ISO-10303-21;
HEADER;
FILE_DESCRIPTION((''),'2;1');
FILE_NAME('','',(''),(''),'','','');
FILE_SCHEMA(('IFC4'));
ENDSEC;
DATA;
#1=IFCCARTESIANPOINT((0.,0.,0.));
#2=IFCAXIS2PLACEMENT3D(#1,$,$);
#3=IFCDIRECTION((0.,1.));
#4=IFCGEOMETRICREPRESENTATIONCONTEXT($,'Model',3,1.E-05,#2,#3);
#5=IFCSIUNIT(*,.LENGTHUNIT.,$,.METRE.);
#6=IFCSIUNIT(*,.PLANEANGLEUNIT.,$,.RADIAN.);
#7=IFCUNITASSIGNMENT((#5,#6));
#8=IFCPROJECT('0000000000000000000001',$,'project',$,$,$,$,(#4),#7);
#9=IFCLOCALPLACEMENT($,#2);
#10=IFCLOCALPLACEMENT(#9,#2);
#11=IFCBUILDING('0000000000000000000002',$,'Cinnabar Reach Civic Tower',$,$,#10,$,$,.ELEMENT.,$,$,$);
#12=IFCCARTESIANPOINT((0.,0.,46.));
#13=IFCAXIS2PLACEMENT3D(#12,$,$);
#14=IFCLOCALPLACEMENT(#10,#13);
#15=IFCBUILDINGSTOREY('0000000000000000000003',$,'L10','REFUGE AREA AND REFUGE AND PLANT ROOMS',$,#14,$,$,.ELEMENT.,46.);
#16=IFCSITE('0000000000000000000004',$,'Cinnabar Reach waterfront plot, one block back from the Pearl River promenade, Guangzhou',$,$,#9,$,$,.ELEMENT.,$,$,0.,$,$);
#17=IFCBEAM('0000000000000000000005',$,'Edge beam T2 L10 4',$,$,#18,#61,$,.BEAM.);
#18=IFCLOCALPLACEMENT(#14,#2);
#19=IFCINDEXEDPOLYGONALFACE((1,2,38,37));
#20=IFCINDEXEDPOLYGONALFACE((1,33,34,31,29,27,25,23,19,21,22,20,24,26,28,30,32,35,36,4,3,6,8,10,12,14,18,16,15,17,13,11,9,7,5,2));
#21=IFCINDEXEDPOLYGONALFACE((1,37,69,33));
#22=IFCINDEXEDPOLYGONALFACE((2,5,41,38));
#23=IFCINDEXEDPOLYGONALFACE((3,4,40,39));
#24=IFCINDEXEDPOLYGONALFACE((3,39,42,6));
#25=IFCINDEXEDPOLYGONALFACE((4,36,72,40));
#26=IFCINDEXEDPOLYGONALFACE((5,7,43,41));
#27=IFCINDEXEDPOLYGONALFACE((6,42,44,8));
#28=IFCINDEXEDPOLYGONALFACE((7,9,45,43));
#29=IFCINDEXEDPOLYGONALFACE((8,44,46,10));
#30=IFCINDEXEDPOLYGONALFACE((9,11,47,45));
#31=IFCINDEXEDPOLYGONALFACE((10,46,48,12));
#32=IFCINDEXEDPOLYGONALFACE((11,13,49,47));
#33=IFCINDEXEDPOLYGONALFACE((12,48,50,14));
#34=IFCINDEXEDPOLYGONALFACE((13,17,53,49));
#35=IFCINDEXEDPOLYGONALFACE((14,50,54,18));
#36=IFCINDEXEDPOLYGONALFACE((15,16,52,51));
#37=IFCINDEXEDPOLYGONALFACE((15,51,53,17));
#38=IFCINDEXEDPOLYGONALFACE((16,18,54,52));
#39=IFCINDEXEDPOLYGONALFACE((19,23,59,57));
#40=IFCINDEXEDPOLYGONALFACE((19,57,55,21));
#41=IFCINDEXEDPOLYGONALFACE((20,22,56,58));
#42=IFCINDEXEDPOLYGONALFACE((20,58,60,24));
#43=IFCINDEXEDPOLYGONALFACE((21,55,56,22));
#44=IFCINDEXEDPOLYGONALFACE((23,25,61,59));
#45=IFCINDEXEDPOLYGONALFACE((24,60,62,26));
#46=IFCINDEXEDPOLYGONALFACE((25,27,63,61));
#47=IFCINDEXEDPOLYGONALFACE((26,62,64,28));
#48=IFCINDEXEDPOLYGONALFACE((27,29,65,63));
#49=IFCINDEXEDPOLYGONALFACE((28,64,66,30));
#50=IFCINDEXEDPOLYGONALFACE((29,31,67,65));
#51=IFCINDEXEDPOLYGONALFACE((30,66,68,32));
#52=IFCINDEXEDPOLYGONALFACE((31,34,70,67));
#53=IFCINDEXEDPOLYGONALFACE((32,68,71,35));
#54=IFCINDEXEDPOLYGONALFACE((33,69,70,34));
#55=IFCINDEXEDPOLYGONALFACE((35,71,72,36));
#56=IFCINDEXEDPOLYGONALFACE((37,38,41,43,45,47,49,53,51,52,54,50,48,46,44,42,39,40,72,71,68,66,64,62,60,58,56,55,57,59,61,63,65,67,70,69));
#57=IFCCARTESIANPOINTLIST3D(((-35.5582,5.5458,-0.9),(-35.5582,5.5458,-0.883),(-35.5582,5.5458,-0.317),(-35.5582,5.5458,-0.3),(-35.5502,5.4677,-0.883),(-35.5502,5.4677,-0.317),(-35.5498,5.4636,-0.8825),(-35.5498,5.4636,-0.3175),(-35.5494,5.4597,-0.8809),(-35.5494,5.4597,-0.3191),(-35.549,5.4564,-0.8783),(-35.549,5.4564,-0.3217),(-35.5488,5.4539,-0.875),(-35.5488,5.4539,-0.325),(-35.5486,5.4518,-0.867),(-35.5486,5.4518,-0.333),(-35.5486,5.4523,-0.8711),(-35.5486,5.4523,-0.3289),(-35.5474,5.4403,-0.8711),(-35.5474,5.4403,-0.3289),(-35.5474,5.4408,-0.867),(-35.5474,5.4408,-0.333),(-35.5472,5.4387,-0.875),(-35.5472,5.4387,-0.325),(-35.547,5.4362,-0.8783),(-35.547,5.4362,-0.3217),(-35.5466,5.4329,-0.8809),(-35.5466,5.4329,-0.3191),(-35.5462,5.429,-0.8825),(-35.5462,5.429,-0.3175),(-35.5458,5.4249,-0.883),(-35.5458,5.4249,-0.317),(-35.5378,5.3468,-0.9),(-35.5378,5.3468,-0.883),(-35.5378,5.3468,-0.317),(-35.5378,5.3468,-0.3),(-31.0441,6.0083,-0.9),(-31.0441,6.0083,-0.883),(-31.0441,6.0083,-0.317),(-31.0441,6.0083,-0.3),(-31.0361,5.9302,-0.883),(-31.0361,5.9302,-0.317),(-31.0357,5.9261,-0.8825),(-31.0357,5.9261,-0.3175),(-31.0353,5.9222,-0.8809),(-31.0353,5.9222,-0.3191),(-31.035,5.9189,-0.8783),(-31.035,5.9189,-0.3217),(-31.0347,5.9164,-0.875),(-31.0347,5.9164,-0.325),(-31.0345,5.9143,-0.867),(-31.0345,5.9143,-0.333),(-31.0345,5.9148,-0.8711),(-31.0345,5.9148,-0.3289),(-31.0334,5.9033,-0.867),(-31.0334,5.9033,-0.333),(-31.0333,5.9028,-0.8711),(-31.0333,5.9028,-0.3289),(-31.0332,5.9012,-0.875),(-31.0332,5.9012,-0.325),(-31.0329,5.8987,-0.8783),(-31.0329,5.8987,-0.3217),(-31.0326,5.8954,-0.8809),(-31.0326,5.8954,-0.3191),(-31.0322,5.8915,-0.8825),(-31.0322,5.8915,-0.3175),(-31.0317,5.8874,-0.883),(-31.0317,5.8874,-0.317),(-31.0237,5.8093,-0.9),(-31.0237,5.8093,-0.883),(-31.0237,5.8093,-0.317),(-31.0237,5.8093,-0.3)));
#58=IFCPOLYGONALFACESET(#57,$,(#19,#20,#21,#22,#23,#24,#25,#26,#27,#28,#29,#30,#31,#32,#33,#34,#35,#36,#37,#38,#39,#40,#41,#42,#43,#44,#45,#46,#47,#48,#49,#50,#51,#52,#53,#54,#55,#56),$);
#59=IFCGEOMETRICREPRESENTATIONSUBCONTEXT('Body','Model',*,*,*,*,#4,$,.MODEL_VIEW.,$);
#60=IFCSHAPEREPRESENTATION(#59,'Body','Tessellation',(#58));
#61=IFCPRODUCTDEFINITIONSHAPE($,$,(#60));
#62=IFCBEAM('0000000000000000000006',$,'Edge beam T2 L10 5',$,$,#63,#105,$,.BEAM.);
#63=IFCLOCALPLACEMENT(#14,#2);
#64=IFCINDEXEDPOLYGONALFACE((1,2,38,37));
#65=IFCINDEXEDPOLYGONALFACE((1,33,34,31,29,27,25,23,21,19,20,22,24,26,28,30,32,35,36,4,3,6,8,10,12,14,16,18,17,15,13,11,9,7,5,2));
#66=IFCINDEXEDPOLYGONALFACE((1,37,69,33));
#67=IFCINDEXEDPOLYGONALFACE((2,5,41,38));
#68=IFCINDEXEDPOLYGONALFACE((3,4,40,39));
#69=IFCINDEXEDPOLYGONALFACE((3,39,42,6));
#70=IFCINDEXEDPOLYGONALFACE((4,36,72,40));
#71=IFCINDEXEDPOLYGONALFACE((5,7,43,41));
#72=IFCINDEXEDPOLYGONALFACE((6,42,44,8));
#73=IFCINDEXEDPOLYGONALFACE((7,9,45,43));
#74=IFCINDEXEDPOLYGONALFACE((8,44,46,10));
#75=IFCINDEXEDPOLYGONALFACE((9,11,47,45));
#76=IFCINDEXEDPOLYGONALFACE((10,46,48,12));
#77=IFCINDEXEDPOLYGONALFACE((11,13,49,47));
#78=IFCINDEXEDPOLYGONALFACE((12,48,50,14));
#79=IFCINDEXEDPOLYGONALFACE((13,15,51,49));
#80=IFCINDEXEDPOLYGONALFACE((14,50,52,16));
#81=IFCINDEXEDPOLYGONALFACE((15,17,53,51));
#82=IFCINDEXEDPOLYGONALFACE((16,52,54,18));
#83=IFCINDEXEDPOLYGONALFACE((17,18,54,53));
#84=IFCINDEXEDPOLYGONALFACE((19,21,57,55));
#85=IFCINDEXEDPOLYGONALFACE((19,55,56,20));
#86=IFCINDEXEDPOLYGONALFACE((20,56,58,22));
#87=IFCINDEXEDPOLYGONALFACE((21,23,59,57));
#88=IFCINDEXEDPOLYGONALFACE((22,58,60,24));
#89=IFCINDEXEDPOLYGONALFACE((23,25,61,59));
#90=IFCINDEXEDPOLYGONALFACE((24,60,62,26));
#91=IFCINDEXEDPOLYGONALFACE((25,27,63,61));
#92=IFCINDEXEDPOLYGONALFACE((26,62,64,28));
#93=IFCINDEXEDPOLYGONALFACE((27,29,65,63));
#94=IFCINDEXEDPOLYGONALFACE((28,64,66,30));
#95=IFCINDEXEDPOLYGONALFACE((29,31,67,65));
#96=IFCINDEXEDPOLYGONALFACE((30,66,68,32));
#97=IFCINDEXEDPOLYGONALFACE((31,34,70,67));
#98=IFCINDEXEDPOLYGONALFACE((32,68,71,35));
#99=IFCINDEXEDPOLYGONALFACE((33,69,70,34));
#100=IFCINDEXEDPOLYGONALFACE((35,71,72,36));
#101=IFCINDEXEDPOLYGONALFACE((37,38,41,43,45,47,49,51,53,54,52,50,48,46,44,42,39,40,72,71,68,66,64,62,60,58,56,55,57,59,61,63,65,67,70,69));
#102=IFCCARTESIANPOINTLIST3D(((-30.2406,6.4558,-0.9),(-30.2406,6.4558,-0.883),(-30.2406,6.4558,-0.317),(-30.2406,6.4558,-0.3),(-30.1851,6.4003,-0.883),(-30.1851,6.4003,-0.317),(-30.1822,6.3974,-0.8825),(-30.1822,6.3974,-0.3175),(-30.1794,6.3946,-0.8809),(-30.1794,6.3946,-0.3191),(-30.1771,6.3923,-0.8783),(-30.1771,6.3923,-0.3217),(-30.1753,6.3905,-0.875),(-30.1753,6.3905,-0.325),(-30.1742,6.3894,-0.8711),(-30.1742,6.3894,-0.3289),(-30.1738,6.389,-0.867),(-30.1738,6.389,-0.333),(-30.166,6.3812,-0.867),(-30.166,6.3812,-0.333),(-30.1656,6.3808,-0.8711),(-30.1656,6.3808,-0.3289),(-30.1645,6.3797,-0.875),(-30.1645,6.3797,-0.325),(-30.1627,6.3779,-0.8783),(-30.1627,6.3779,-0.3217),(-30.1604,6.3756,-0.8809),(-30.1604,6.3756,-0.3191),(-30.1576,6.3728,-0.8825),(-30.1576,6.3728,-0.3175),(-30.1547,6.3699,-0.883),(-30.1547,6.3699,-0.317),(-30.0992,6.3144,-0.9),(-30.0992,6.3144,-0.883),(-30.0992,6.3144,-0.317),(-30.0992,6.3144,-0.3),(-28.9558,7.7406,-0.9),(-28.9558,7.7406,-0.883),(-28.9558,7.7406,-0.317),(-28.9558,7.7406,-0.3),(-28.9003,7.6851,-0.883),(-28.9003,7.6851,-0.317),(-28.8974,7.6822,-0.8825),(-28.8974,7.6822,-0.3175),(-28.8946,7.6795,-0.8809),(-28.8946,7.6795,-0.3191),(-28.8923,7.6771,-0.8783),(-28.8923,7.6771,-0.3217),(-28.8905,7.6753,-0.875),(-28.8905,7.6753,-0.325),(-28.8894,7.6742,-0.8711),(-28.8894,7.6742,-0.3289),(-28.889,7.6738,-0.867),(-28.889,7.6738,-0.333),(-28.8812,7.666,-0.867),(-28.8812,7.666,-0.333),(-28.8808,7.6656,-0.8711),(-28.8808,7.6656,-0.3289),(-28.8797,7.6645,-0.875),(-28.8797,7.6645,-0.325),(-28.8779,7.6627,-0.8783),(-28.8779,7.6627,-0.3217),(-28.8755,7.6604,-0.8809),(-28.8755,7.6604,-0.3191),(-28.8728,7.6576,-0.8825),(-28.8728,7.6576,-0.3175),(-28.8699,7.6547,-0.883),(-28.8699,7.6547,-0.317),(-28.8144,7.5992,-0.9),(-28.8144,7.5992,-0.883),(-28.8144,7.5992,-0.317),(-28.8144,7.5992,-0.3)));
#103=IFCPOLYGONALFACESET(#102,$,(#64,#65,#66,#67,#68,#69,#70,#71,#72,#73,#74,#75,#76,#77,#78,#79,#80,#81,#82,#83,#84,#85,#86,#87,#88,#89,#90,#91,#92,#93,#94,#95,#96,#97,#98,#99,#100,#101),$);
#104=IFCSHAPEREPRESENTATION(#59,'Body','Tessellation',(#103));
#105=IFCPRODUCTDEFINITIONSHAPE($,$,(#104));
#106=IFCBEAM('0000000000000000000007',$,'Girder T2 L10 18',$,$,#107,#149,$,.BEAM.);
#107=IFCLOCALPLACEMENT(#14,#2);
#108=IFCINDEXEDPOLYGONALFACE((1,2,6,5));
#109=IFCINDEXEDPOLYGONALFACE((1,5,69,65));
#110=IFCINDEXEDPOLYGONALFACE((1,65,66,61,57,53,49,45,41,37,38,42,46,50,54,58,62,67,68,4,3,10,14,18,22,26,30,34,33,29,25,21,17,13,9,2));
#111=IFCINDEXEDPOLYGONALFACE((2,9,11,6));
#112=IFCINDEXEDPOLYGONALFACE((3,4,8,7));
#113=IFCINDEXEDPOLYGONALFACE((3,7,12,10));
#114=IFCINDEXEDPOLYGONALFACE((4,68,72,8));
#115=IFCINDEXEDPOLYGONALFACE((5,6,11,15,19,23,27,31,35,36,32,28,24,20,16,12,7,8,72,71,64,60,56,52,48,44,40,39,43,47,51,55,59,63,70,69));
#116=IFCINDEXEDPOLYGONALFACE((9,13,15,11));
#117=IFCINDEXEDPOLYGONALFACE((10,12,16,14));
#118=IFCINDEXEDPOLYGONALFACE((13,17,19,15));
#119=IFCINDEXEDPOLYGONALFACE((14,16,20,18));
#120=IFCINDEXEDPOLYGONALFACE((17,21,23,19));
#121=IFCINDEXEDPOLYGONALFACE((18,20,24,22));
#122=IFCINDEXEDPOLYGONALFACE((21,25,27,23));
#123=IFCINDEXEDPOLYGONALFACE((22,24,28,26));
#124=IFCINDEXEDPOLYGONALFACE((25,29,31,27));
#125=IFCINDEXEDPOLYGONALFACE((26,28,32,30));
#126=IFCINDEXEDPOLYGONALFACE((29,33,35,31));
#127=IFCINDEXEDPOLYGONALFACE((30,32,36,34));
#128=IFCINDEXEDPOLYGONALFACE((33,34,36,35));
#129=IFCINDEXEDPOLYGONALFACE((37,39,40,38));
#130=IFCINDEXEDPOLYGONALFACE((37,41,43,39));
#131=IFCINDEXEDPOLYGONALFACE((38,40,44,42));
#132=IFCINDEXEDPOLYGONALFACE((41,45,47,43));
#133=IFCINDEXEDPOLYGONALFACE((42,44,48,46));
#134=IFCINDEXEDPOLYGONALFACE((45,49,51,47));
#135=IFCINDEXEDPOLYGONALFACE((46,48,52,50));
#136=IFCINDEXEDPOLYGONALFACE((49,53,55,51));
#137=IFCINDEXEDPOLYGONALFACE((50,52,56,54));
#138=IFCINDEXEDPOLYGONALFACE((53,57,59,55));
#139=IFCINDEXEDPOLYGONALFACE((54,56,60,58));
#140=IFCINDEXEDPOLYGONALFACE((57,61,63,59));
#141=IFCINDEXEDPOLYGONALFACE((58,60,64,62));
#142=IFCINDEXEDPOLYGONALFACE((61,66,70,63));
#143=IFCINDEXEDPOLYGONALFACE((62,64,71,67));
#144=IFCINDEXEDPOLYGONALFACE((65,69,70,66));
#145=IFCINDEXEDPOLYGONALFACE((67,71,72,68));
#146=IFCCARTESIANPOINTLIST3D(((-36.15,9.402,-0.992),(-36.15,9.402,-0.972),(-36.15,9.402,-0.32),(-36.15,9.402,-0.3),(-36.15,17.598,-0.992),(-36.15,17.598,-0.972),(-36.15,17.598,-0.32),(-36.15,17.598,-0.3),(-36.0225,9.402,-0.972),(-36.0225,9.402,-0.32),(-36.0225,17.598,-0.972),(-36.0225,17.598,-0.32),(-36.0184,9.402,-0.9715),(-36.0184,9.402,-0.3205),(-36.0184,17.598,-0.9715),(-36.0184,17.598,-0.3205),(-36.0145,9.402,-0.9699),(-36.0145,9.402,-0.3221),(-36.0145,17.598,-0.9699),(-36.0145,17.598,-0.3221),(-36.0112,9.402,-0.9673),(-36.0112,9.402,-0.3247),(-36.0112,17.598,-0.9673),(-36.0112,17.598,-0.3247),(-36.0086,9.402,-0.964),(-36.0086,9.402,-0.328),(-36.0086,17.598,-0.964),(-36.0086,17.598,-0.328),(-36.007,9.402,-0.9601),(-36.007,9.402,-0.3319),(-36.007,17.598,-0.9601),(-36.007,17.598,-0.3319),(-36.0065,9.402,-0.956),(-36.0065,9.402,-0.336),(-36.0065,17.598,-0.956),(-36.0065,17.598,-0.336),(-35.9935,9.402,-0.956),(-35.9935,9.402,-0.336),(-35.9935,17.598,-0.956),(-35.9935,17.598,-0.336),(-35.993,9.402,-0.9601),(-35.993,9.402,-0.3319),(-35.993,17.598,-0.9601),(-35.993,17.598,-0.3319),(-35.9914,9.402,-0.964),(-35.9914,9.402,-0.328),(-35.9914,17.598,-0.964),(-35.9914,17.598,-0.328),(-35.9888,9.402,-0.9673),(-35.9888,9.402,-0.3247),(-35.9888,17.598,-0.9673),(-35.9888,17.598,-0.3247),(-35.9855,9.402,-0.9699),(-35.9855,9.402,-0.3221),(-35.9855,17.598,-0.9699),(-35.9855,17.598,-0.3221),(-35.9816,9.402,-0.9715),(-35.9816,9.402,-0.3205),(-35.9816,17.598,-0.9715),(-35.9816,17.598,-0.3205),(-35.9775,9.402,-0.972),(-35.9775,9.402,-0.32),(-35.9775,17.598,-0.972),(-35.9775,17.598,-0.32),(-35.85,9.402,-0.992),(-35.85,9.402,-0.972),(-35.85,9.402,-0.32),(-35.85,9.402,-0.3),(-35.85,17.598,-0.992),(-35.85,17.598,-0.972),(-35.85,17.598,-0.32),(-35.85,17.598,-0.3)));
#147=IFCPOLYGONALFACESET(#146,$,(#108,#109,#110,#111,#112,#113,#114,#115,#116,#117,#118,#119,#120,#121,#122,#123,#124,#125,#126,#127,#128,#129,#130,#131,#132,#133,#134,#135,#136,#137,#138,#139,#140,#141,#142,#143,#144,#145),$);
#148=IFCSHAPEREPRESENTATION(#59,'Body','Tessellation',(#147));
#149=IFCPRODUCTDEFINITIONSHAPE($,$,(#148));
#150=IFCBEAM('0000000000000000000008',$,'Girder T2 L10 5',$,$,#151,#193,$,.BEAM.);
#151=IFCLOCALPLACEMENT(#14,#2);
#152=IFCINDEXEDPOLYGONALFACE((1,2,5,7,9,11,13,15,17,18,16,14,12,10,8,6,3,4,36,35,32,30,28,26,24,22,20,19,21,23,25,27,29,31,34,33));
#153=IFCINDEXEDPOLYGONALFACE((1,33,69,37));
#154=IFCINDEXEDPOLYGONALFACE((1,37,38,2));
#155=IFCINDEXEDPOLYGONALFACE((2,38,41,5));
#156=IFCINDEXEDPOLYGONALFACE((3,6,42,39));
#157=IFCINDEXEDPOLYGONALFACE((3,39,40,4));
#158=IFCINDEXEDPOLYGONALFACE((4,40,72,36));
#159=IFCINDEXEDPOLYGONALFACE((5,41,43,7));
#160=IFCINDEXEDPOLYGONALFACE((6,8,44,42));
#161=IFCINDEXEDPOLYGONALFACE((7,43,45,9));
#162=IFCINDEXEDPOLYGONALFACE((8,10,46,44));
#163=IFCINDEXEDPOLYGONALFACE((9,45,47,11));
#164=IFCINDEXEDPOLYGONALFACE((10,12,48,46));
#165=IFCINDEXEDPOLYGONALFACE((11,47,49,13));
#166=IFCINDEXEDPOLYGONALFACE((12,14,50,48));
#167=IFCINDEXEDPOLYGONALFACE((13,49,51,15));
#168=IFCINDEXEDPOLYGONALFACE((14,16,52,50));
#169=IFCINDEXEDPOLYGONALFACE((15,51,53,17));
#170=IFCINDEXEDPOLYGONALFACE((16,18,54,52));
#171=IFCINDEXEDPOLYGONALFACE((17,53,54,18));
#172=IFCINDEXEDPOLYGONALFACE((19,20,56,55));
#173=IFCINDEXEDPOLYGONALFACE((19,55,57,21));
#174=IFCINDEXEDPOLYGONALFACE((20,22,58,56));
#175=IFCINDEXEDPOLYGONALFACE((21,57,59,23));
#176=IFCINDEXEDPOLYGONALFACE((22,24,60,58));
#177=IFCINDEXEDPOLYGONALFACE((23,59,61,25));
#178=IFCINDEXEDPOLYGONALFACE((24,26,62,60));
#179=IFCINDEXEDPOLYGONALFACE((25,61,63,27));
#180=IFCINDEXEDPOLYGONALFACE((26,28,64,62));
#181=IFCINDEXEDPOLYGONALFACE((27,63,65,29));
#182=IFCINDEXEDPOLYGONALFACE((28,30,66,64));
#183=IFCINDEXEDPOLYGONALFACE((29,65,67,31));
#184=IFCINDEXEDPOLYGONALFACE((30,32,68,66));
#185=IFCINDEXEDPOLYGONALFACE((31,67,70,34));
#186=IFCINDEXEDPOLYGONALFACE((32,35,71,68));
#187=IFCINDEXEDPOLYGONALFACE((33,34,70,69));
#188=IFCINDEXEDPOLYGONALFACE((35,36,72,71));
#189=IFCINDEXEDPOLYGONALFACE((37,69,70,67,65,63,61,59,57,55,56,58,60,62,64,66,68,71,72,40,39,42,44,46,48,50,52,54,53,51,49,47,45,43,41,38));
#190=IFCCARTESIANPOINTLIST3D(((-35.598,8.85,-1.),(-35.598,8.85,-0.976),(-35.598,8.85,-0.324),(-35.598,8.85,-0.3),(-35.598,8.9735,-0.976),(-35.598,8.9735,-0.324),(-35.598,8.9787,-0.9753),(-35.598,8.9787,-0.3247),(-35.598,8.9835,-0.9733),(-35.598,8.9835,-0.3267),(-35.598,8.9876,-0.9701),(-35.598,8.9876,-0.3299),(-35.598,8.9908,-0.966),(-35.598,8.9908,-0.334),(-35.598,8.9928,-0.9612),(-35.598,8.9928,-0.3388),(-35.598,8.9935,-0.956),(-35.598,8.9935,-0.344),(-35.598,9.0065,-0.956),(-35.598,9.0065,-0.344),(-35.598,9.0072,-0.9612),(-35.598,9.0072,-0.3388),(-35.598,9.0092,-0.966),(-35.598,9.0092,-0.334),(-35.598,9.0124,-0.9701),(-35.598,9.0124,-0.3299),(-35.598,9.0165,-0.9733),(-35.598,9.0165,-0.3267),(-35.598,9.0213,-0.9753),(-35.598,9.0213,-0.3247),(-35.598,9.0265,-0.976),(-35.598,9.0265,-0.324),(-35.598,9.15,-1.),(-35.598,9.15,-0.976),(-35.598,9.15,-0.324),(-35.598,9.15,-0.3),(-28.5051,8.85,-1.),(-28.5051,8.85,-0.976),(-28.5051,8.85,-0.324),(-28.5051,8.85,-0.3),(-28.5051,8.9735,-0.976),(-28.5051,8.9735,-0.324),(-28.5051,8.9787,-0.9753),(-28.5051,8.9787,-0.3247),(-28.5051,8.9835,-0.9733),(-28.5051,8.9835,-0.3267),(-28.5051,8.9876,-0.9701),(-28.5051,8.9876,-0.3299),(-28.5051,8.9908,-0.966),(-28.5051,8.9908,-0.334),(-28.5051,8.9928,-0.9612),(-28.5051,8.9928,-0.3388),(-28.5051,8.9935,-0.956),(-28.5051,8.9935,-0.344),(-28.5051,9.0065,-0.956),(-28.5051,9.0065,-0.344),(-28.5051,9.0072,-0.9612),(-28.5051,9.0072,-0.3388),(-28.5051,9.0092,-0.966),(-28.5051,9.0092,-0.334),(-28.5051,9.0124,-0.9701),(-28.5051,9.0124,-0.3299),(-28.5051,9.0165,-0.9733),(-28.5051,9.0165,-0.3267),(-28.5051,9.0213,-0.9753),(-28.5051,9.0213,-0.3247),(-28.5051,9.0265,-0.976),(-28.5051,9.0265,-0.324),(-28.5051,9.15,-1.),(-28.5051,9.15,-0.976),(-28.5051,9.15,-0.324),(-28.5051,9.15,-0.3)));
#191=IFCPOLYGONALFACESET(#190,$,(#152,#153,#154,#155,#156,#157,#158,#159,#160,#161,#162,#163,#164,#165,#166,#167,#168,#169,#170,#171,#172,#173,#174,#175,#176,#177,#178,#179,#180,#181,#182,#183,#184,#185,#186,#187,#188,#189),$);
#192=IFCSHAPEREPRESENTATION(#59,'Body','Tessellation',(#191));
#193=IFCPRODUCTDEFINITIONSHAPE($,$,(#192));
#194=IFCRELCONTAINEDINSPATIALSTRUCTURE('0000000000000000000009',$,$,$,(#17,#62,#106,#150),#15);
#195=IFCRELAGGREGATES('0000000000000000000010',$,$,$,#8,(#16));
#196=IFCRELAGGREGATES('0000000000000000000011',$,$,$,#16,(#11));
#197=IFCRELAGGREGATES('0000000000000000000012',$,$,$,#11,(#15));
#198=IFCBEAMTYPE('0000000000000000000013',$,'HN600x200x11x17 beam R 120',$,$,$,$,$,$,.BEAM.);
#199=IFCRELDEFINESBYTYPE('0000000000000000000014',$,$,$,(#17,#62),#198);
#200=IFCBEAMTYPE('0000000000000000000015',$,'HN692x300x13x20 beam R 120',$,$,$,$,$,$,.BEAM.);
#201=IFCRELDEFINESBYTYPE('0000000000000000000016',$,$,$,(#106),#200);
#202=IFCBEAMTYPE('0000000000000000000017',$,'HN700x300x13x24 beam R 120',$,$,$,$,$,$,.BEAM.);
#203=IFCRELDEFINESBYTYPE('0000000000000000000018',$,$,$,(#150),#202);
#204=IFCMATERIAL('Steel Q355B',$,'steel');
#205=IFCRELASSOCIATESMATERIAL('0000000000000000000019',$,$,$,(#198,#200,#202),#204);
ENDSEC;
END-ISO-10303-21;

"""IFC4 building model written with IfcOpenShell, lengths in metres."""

from ifc_helpers import new_model, si_unit, direction, frame, origin, origin_2d, place, context, subcontext, project, spatial, i_section, extrude, material, material_profile, profile_set, type_object, element, save


model = new_model("IFC4")

# Units and contexts
model_context = context("Model", 3, precision=1e-05, world=origin(), true_north=direction((0.0, 1.0)))
body_context = subcontext(model_context, "Body", "Model", "MODEL_VIEW")
ifc_project = project(units=[si_unit("LENGTHUNIT", "METRE"), si_unit("PLANEANGLEUNIT", "RADIAN")], contexts=[model_context])

# Site, building, storey
site_placement = place(None, origin())
site = spatial("IfcSite", under=ifc_project, at=site_placement, Name="Cinnabar Reach waterfront plot, one block back from the Pearl River promenade, Guangzhou", CompositionType="ELEMENT", RefElevation=0.0)
building_placement = place(site_placement, origin())
building = spatial("IfcBuilding", under=site, at=building_placement, Name="Cinnabar Reach Civic Tower", CompositionType="ELEMENT")
storey_placement = place(building_placement, frame((0.0, 0.0, 46.0)))
storey = spatial("IfcBuildingStorey", under=building, at=storey_placement, Name="L10", Description="REFUGE AREA AND REFUGE AND PLANT ROOMS", CompositionType="ELEMENT", Elevation=46.0)

# Beams
ifc_material_1 = material(Name="Steel Q355B", Category="steel")
ifc_material_profile_1 = material_profile(ifc_material_1, i_section(OverallWidth=0.2, OverallDepth=0.6, WebThickness=0.011, FlangeThickness=0.017, FilletRadius=0.016, at=origin_2d()), Name="HN600x200x11x17")
ifc_profile_set_1 = profile_set([ifc_material_profile_1], Name="Steel Q355B")
beam_type_1 = type_object("IfcBeamType", Name="HN600x200x11x17 beam R 120", PredefinedType="BEAM", material=ifc_profile_set_1)
beam_1_placement = place(storey_placement, frame((-35.548, 5.4463, -0.6), z_axis=(0.994792, 0.101923, 0.0), x_axis=(-0.101923, 0.994792, 0.0)))
element("IfcBeam", 1, at=beam_1_placement, inside=storey, type_object=beam_type_1, Name="Edge beam T2 L10 4", PredefinedType="BEAM", context=body_context, shape_type="SweptSolid", body=[
    extrude(i_section(OverallWidth=0.2, OverallDepth=0.6, WebThickness=0.011, FlangeThickness=0.017, FilletRadius=0.016, at=origin_2d()), origin(), (0.0, 0.0, 1.0), 4.5377),
])
beam_2_placement = place(storey_placement, frame((-30.1699, 6.3851, -0.6), z_axis=(0.707107, 0.707107, 0.0), x_axis=(-0.707107, 0.707107, 0.0)))
element("IfcBeam", 2, at=beam_2_placement, inside=storey, type_object=beam_type_1, Name="Edge beam T2 L10 5", PredefinedType="BEAM", context=body_context, shape_type="SweptSolid", body=[
    extrude(i_section(OverallWidth=0.2, OverallDepth=0.6, WebThickness=0.011, FlangeThickness=0.017, FilletRadius=0.016, at=origin_2d()), origin(), (0.0, 0.0, 1.0), 1.817),
])
ifc_material_profile_2 = material_profile(ifc_material_1, i_section(OverallWidth=0.3, OverallDepth=0.692, WebThickness=0.013, FlangeThickness=0.02, FilletRadius=0.016, at=origin_2d()), Name="HN692x300x13x20")
ifc_profile_set_2 = profile_set([ifc_material_profile_2], Name="Steel Q355B")
beam_type_2 = type_object("IfcBeamType", Name="HN692x300x13x20 beam R 120", PredefinedType="BEAM", material=ifc_profile_set_2)
beam_3_placement = place(storey_placement, frame((-36.0, 9.402, -0.646), z_axis=(0.0, 1.0, 0.0), x_axis=(-1.0, 0.0, 0.0)))
element("IfcBeam", 3, at=beam_3_placement, inside=storey, type_object=beam_type_2, Name="Girder T2 L10 18", PredefinedType="BEAM", context=body_context, shape_type="SweptSolid", body=[
    extrude(i_section(OverallWidth=0.3, OverallDepth=0.692, WebThickness=0.013, FlangeThickness=0.02, FilletRadius=0.016, at=origin_2d()), origin(), (0.0, 0.0, 1.0), 8.196),
])
ifc_material_profile_3 = material_profile(ifc_material_1, i_section(OverallWidth=0.3, OverallDepth=0.7, WebThickness=0.013, FlangeThickness=0.024, FilletRadius=0.02, at=origin_2d()), Name="HN700x300x13x24")
ifc_profile_set_3 = profile_set([ifc_material_profile_3], Name="Steel Q355B")
beam_type_3 = type_object("IfcBeamType", Name="HN700x300x13x24 beam R 120", PredefinedType="BEAM", material=ifc_profile_set_3)
beam_4_placement = place(storey_placement, frame((-35.598, 9.0, -0.65), z_axis=(1.0, 0.0, 0.0), x_axis=(0.0, 1.0, 0.0)))
element("IfcBeam", 4, at=beam_4_placement, inside=storey, type_object=beam_type_3, Name="Girder T2 L10 5", PredefinedType="BEAM", context=body_context, shape_type="SweptSolid", body=[
    extrude(i_section(OverallWidth=0.3, OverallDepth=0.7, WebThickness=0.013, FlangeThickness=0.024, FilletRadius=0.02, at=origin_2d()), origin(), (0.0, 0.0, 1.0), 7.0929),
])

save(model, "model.ifc")
